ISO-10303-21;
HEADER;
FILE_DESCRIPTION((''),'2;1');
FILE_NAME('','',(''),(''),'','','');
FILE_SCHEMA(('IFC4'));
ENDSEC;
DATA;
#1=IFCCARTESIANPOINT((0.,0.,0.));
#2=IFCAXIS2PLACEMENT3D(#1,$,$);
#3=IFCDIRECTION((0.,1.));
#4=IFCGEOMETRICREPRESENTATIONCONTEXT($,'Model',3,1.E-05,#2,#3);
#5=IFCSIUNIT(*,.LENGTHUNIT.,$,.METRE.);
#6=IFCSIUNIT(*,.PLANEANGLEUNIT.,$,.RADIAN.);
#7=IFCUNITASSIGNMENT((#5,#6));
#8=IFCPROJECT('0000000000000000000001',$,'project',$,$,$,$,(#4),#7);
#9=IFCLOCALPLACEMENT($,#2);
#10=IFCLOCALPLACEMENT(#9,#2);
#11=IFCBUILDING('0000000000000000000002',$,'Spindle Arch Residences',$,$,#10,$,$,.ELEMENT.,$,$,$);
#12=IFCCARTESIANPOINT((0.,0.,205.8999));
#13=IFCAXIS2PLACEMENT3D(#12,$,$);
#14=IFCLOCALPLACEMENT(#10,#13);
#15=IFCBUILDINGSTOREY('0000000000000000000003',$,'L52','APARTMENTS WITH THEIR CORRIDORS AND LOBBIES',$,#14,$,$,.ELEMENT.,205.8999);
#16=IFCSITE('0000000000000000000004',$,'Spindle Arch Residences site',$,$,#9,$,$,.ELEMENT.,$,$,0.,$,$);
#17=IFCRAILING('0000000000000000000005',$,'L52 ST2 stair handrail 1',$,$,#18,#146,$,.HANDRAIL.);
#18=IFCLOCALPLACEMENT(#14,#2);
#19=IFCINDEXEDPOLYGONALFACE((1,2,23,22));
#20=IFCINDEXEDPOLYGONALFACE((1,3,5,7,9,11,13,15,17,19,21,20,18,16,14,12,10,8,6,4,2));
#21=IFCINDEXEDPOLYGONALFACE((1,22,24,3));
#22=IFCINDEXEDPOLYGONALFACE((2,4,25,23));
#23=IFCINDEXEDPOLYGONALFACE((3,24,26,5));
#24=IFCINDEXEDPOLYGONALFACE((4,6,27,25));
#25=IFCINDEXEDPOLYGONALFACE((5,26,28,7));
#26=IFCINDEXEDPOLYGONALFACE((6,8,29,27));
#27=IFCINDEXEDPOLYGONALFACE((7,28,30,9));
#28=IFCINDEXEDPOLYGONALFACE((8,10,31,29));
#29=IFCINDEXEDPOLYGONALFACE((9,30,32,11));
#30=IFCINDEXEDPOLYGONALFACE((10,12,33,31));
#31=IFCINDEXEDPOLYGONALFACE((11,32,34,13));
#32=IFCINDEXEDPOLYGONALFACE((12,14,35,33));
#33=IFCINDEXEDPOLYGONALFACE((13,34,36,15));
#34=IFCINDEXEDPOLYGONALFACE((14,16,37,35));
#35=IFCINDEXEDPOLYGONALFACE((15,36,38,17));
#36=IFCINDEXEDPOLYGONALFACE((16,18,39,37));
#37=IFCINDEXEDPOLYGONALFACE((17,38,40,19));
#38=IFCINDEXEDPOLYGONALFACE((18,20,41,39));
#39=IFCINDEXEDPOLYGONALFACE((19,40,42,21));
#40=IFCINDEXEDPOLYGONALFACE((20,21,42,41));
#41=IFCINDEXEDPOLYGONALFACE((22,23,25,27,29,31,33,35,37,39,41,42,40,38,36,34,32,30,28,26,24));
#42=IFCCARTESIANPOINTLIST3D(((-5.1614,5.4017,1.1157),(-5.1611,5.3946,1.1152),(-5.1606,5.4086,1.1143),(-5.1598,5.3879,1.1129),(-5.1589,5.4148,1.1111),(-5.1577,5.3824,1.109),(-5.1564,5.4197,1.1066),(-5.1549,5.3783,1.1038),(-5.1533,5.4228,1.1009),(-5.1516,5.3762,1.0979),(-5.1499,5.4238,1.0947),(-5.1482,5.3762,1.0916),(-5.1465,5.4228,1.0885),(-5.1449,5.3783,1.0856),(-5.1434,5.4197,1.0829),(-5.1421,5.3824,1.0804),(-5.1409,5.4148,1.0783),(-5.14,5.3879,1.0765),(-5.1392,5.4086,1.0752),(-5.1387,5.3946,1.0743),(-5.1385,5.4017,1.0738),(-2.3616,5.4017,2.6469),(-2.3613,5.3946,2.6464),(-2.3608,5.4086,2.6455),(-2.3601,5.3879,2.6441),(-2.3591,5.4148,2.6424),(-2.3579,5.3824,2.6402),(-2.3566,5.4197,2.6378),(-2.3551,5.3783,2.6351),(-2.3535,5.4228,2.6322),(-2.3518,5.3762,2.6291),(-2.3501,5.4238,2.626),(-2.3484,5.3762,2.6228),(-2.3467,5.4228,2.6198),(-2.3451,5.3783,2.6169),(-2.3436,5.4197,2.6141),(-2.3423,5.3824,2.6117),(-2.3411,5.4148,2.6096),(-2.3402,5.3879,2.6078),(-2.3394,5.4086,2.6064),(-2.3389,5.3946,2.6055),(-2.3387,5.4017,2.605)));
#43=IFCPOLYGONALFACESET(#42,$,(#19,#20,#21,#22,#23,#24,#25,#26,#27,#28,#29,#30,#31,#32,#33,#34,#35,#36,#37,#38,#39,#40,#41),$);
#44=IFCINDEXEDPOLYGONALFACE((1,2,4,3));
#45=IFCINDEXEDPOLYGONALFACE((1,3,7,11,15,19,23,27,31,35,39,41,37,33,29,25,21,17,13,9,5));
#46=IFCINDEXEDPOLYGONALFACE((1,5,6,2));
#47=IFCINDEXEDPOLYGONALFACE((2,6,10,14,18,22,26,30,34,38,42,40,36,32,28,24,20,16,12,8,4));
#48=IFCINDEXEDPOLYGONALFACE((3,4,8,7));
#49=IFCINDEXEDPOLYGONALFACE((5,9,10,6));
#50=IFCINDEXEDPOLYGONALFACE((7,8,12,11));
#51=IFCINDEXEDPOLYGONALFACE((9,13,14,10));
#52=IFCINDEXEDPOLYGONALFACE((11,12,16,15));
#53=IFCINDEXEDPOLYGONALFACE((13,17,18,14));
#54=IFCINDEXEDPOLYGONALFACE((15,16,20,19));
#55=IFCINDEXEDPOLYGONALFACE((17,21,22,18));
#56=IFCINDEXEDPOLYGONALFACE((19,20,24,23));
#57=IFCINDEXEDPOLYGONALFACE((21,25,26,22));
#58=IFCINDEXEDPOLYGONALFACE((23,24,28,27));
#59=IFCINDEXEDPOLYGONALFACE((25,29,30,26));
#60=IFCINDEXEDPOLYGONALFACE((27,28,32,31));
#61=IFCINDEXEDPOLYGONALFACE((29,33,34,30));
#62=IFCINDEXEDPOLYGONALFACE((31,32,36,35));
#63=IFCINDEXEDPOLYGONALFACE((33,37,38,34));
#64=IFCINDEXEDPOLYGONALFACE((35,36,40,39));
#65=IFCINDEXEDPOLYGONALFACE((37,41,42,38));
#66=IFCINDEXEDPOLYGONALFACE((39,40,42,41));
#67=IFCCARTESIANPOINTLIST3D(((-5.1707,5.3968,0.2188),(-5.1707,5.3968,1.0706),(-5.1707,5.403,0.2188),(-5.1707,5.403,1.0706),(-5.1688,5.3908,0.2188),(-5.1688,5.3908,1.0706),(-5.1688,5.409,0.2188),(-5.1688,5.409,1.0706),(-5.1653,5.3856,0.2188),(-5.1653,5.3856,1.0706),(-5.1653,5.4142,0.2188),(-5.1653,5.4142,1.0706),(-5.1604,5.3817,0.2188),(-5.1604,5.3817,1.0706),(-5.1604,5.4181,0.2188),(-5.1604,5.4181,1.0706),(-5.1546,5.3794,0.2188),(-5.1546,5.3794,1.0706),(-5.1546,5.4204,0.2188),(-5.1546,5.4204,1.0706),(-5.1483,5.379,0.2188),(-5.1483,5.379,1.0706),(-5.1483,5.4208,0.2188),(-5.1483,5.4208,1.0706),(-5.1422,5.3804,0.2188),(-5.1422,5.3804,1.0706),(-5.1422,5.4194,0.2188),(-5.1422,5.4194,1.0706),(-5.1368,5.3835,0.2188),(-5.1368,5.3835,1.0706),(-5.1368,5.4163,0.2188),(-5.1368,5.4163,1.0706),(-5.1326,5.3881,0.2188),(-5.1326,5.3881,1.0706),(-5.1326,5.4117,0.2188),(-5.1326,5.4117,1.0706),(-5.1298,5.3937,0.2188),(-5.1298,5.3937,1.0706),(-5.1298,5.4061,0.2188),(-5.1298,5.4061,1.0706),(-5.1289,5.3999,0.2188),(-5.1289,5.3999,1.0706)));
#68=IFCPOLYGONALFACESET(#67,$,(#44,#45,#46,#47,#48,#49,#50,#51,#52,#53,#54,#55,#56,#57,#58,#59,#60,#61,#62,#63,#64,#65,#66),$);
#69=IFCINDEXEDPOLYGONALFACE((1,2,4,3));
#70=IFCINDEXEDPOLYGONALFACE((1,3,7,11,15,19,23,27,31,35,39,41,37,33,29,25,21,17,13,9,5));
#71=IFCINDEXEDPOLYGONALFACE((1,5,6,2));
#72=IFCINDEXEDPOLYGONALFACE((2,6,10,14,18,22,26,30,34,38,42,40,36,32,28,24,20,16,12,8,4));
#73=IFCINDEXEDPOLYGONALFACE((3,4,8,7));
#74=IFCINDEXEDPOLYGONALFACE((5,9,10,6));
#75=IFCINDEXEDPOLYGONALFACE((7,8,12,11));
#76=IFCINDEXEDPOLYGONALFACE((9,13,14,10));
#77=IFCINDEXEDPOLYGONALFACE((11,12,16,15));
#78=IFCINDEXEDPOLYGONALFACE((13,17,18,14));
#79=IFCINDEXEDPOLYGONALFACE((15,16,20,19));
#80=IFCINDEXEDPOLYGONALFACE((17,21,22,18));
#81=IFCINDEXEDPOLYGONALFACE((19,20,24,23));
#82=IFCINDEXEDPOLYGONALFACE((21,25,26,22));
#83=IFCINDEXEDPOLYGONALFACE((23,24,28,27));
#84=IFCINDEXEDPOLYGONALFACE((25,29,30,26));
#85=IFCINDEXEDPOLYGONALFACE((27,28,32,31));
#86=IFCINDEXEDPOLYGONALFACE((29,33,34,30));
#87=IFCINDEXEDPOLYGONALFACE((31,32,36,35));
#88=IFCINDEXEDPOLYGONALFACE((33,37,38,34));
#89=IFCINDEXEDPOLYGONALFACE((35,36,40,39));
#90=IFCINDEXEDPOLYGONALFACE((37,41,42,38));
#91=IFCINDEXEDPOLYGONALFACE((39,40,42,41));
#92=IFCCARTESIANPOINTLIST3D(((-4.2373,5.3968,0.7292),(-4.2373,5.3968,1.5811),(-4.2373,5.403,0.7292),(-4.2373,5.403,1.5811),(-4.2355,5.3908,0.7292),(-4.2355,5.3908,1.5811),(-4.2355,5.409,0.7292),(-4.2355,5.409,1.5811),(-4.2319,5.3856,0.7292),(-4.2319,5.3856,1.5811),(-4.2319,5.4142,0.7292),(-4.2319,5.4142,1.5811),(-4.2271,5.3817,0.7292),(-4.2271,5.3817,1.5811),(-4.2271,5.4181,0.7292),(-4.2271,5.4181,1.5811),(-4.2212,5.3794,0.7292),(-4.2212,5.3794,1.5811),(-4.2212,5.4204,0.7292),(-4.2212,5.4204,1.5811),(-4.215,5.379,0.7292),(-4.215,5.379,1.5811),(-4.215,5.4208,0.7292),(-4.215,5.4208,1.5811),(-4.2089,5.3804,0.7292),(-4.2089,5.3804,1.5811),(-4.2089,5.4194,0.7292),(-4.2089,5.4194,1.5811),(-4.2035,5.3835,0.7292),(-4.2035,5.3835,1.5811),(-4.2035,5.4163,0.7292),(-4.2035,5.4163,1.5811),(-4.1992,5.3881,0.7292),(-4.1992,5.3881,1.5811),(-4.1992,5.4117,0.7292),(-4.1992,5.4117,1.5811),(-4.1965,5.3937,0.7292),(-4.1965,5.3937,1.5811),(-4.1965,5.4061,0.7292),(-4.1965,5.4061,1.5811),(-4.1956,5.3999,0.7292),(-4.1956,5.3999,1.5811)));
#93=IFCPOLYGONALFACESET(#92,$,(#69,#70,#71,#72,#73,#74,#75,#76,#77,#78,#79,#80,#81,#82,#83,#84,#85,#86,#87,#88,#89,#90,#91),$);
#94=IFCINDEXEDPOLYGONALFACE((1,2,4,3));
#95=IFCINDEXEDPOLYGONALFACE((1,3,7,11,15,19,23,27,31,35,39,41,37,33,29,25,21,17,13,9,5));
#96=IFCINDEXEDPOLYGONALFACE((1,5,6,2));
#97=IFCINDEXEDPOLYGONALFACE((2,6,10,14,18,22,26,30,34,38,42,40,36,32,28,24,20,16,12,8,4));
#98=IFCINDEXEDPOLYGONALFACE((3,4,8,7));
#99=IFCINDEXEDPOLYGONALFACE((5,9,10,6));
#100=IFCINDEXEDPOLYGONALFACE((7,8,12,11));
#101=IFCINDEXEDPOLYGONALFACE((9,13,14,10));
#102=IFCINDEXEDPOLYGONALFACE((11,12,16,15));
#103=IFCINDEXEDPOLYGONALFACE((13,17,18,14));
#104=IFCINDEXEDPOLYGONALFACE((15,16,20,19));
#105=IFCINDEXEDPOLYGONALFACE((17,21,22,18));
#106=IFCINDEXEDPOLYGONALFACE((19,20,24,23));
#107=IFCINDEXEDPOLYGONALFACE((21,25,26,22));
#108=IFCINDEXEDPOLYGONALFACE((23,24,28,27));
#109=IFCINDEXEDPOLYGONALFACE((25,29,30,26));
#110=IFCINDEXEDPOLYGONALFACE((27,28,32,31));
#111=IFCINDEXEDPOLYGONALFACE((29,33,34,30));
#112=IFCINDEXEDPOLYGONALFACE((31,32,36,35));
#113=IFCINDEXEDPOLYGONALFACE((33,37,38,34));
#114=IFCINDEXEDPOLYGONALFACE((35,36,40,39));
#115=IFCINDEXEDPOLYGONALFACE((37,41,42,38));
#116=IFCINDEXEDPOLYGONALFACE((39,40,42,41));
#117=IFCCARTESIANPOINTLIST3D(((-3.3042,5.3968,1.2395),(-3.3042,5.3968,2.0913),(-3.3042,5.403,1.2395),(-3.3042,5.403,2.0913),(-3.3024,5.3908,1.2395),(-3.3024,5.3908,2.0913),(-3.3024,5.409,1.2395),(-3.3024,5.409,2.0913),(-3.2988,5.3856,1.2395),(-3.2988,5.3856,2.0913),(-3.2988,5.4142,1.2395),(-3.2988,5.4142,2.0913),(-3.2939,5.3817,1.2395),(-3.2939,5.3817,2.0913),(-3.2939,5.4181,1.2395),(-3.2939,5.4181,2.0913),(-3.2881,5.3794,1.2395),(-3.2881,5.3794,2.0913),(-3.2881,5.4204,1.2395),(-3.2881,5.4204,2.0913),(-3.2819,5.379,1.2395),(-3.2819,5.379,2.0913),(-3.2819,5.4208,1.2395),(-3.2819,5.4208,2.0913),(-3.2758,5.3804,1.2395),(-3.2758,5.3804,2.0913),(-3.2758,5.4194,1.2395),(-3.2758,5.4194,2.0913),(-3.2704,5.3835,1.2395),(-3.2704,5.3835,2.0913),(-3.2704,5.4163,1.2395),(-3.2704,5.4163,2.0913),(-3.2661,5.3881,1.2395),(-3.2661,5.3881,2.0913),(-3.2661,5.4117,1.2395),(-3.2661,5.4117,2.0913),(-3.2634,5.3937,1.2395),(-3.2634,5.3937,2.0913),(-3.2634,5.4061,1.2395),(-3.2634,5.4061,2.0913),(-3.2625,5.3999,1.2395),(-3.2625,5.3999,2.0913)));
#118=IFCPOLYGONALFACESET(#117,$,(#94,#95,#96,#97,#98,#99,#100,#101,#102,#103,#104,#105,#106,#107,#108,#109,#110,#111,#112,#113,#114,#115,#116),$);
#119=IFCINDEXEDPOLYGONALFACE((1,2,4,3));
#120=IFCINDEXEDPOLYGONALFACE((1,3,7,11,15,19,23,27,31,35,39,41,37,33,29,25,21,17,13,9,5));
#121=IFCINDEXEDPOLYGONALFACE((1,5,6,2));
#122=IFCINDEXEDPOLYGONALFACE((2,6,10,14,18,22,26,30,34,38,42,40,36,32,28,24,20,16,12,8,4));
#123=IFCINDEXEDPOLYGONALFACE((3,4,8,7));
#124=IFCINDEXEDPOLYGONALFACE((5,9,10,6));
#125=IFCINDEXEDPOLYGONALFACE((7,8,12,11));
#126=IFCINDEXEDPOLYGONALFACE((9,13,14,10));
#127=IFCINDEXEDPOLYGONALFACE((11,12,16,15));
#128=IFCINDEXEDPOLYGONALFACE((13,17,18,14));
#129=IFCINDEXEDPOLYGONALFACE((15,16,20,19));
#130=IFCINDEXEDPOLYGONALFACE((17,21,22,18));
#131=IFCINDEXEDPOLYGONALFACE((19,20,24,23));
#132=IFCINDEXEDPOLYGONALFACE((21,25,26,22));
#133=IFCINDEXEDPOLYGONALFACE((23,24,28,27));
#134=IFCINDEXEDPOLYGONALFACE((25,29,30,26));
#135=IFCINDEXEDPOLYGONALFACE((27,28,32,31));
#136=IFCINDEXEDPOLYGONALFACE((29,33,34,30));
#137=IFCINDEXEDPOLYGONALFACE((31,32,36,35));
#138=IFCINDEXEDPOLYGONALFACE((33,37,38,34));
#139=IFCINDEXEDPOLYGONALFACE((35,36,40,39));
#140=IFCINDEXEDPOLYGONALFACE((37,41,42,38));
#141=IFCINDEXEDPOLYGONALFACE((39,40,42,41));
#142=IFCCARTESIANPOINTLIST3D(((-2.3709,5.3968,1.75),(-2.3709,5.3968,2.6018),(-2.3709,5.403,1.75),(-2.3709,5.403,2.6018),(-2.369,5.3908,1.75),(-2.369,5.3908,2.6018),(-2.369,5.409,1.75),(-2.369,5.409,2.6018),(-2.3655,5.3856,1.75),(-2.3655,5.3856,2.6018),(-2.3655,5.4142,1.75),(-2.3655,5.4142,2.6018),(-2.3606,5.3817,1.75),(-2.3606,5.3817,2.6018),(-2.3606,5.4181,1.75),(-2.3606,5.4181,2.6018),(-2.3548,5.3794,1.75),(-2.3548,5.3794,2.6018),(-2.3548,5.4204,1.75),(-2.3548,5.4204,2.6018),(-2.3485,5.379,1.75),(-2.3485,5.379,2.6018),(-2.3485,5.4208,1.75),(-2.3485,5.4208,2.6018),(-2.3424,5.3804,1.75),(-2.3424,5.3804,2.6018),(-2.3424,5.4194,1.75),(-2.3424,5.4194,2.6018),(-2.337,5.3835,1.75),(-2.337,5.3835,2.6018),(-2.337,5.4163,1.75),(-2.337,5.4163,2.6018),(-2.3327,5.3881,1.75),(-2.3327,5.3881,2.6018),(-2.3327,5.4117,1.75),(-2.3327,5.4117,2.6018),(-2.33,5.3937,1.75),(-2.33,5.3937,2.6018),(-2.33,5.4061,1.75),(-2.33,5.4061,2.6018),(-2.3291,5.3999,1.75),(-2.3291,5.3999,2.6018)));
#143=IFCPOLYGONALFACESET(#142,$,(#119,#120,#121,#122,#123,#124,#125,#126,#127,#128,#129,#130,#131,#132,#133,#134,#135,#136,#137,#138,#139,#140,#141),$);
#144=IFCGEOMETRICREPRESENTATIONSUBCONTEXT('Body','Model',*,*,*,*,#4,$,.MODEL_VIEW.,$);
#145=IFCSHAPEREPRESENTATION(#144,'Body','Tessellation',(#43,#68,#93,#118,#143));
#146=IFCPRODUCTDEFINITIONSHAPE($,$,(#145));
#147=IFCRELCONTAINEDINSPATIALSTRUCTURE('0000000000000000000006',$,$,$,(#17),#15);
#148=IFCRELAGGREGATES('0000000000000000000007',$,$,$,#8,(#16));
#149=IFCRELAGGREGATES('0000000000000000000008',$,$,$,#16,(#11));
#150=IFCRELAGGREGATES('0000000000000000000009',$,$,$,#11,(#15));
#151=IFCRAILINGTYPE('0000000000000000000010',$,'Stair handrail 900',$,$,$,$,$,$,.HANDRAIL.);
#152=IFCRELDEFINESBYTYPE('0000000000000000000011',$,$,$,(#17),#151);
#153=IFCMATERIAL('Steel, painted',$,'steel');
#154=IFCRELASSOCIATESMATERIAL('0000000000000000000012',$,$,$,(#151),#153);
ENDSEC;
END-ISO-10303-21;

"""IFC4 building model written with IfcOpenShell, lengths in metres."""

from ifc_helpers import new_model, si_unit, direction, frame, origin, origin_2d, place, context, subcontext, project, spatial, circle, extrude, material, type_object, element, save


model = new_model("IFC4")

# Units and contexts
model_context = context("Model", 3, precision=1e-05, world=origin(), true_north=direction((0.0, 1.0)))
body_context = subcontext(model_context, "Body", "Model", "MODEL_VIEW")
ifc_project = project(units=[si_unit("LENGTHUNIT", "METRE"), si_unit("PLANEANGLEUNIT", "RADIAN")], contexts=[model_context])

# Site, building, storey
site_placement = place(None, origin())
site = spatial("IfcSite", under=ifc_project, at=site_placement, Name="Spindle Arch Residences site", CompositionType="ELEMENT", RefElevation=0.0)
building_placement = place(site_placement, origin())
building = spatial("IfcBuilding", under=site, at=building_placement, Name="Spindle Arch Residences", CompositionType="ELEMENT")
storey_placement = place(building_placement, frame((0.0, 0.0, 205.8999)))
storey = spatial("IfcBuildingStorey", under=building, at=storey_placement, Name="L52", Description="APARTMENTS WITH THEIR CORRIDORS AND LOBBIES", CompositionType="ELEMENT", Elevation=205.8999)

# Railing
ifc_material_1 = material(Name="Steel, painted", Category="steel")
railing_type_1 = type_object("IfcRailingType", Name="Stair handrail 900", PredefinedType="HANDRAIL", material=ifc_material_1)
railing_1_placement = place(storey_placement, frame((-5.1499, 5.3999, 0.2188)))
element("IfcRailing", 1, at=railing_1_placement, inside=storey, type_object=railing_type_1, Name="L52 ST2 stair handrail 1", PredefinedType="HANDRAIL", context=body_context, shape_type="SweptSolid", body=[
    extrude(circle(Radius=0.0239, at=origin_2d()), frame((0.0, 0.0, 0.876), z_axis=(0.877357, 0.0, 0.479838), x_axis=(0.0, 1.0, 0.0)), (0.0, 0.0, 1.0), 3.1912),
    extrude(circle(Radius=0.021, at=origin_2d()), origin(), (0.0, 0.0, 1.0), 0.8518),
    extrude(circle(Radius=0.021, at=origin_2d()), frame((0.9333, 0.0, 0.5105)), (0.0, 0.0, 1.0), 0.8518),
    extrude(circle(Radius=0.021, at=origin_2d()), frame((1.8665, 0.0, 1.0208)), (0.0, 0.0, 1.0), 0.8518),
    extrude(circle(Radius=0.021, at=origin_2d()), frame((2.7998, 0.0, 1.5312)), (0.0, 0.0, 1.0), 0.8518),
])

save(model, "model.ifc")
